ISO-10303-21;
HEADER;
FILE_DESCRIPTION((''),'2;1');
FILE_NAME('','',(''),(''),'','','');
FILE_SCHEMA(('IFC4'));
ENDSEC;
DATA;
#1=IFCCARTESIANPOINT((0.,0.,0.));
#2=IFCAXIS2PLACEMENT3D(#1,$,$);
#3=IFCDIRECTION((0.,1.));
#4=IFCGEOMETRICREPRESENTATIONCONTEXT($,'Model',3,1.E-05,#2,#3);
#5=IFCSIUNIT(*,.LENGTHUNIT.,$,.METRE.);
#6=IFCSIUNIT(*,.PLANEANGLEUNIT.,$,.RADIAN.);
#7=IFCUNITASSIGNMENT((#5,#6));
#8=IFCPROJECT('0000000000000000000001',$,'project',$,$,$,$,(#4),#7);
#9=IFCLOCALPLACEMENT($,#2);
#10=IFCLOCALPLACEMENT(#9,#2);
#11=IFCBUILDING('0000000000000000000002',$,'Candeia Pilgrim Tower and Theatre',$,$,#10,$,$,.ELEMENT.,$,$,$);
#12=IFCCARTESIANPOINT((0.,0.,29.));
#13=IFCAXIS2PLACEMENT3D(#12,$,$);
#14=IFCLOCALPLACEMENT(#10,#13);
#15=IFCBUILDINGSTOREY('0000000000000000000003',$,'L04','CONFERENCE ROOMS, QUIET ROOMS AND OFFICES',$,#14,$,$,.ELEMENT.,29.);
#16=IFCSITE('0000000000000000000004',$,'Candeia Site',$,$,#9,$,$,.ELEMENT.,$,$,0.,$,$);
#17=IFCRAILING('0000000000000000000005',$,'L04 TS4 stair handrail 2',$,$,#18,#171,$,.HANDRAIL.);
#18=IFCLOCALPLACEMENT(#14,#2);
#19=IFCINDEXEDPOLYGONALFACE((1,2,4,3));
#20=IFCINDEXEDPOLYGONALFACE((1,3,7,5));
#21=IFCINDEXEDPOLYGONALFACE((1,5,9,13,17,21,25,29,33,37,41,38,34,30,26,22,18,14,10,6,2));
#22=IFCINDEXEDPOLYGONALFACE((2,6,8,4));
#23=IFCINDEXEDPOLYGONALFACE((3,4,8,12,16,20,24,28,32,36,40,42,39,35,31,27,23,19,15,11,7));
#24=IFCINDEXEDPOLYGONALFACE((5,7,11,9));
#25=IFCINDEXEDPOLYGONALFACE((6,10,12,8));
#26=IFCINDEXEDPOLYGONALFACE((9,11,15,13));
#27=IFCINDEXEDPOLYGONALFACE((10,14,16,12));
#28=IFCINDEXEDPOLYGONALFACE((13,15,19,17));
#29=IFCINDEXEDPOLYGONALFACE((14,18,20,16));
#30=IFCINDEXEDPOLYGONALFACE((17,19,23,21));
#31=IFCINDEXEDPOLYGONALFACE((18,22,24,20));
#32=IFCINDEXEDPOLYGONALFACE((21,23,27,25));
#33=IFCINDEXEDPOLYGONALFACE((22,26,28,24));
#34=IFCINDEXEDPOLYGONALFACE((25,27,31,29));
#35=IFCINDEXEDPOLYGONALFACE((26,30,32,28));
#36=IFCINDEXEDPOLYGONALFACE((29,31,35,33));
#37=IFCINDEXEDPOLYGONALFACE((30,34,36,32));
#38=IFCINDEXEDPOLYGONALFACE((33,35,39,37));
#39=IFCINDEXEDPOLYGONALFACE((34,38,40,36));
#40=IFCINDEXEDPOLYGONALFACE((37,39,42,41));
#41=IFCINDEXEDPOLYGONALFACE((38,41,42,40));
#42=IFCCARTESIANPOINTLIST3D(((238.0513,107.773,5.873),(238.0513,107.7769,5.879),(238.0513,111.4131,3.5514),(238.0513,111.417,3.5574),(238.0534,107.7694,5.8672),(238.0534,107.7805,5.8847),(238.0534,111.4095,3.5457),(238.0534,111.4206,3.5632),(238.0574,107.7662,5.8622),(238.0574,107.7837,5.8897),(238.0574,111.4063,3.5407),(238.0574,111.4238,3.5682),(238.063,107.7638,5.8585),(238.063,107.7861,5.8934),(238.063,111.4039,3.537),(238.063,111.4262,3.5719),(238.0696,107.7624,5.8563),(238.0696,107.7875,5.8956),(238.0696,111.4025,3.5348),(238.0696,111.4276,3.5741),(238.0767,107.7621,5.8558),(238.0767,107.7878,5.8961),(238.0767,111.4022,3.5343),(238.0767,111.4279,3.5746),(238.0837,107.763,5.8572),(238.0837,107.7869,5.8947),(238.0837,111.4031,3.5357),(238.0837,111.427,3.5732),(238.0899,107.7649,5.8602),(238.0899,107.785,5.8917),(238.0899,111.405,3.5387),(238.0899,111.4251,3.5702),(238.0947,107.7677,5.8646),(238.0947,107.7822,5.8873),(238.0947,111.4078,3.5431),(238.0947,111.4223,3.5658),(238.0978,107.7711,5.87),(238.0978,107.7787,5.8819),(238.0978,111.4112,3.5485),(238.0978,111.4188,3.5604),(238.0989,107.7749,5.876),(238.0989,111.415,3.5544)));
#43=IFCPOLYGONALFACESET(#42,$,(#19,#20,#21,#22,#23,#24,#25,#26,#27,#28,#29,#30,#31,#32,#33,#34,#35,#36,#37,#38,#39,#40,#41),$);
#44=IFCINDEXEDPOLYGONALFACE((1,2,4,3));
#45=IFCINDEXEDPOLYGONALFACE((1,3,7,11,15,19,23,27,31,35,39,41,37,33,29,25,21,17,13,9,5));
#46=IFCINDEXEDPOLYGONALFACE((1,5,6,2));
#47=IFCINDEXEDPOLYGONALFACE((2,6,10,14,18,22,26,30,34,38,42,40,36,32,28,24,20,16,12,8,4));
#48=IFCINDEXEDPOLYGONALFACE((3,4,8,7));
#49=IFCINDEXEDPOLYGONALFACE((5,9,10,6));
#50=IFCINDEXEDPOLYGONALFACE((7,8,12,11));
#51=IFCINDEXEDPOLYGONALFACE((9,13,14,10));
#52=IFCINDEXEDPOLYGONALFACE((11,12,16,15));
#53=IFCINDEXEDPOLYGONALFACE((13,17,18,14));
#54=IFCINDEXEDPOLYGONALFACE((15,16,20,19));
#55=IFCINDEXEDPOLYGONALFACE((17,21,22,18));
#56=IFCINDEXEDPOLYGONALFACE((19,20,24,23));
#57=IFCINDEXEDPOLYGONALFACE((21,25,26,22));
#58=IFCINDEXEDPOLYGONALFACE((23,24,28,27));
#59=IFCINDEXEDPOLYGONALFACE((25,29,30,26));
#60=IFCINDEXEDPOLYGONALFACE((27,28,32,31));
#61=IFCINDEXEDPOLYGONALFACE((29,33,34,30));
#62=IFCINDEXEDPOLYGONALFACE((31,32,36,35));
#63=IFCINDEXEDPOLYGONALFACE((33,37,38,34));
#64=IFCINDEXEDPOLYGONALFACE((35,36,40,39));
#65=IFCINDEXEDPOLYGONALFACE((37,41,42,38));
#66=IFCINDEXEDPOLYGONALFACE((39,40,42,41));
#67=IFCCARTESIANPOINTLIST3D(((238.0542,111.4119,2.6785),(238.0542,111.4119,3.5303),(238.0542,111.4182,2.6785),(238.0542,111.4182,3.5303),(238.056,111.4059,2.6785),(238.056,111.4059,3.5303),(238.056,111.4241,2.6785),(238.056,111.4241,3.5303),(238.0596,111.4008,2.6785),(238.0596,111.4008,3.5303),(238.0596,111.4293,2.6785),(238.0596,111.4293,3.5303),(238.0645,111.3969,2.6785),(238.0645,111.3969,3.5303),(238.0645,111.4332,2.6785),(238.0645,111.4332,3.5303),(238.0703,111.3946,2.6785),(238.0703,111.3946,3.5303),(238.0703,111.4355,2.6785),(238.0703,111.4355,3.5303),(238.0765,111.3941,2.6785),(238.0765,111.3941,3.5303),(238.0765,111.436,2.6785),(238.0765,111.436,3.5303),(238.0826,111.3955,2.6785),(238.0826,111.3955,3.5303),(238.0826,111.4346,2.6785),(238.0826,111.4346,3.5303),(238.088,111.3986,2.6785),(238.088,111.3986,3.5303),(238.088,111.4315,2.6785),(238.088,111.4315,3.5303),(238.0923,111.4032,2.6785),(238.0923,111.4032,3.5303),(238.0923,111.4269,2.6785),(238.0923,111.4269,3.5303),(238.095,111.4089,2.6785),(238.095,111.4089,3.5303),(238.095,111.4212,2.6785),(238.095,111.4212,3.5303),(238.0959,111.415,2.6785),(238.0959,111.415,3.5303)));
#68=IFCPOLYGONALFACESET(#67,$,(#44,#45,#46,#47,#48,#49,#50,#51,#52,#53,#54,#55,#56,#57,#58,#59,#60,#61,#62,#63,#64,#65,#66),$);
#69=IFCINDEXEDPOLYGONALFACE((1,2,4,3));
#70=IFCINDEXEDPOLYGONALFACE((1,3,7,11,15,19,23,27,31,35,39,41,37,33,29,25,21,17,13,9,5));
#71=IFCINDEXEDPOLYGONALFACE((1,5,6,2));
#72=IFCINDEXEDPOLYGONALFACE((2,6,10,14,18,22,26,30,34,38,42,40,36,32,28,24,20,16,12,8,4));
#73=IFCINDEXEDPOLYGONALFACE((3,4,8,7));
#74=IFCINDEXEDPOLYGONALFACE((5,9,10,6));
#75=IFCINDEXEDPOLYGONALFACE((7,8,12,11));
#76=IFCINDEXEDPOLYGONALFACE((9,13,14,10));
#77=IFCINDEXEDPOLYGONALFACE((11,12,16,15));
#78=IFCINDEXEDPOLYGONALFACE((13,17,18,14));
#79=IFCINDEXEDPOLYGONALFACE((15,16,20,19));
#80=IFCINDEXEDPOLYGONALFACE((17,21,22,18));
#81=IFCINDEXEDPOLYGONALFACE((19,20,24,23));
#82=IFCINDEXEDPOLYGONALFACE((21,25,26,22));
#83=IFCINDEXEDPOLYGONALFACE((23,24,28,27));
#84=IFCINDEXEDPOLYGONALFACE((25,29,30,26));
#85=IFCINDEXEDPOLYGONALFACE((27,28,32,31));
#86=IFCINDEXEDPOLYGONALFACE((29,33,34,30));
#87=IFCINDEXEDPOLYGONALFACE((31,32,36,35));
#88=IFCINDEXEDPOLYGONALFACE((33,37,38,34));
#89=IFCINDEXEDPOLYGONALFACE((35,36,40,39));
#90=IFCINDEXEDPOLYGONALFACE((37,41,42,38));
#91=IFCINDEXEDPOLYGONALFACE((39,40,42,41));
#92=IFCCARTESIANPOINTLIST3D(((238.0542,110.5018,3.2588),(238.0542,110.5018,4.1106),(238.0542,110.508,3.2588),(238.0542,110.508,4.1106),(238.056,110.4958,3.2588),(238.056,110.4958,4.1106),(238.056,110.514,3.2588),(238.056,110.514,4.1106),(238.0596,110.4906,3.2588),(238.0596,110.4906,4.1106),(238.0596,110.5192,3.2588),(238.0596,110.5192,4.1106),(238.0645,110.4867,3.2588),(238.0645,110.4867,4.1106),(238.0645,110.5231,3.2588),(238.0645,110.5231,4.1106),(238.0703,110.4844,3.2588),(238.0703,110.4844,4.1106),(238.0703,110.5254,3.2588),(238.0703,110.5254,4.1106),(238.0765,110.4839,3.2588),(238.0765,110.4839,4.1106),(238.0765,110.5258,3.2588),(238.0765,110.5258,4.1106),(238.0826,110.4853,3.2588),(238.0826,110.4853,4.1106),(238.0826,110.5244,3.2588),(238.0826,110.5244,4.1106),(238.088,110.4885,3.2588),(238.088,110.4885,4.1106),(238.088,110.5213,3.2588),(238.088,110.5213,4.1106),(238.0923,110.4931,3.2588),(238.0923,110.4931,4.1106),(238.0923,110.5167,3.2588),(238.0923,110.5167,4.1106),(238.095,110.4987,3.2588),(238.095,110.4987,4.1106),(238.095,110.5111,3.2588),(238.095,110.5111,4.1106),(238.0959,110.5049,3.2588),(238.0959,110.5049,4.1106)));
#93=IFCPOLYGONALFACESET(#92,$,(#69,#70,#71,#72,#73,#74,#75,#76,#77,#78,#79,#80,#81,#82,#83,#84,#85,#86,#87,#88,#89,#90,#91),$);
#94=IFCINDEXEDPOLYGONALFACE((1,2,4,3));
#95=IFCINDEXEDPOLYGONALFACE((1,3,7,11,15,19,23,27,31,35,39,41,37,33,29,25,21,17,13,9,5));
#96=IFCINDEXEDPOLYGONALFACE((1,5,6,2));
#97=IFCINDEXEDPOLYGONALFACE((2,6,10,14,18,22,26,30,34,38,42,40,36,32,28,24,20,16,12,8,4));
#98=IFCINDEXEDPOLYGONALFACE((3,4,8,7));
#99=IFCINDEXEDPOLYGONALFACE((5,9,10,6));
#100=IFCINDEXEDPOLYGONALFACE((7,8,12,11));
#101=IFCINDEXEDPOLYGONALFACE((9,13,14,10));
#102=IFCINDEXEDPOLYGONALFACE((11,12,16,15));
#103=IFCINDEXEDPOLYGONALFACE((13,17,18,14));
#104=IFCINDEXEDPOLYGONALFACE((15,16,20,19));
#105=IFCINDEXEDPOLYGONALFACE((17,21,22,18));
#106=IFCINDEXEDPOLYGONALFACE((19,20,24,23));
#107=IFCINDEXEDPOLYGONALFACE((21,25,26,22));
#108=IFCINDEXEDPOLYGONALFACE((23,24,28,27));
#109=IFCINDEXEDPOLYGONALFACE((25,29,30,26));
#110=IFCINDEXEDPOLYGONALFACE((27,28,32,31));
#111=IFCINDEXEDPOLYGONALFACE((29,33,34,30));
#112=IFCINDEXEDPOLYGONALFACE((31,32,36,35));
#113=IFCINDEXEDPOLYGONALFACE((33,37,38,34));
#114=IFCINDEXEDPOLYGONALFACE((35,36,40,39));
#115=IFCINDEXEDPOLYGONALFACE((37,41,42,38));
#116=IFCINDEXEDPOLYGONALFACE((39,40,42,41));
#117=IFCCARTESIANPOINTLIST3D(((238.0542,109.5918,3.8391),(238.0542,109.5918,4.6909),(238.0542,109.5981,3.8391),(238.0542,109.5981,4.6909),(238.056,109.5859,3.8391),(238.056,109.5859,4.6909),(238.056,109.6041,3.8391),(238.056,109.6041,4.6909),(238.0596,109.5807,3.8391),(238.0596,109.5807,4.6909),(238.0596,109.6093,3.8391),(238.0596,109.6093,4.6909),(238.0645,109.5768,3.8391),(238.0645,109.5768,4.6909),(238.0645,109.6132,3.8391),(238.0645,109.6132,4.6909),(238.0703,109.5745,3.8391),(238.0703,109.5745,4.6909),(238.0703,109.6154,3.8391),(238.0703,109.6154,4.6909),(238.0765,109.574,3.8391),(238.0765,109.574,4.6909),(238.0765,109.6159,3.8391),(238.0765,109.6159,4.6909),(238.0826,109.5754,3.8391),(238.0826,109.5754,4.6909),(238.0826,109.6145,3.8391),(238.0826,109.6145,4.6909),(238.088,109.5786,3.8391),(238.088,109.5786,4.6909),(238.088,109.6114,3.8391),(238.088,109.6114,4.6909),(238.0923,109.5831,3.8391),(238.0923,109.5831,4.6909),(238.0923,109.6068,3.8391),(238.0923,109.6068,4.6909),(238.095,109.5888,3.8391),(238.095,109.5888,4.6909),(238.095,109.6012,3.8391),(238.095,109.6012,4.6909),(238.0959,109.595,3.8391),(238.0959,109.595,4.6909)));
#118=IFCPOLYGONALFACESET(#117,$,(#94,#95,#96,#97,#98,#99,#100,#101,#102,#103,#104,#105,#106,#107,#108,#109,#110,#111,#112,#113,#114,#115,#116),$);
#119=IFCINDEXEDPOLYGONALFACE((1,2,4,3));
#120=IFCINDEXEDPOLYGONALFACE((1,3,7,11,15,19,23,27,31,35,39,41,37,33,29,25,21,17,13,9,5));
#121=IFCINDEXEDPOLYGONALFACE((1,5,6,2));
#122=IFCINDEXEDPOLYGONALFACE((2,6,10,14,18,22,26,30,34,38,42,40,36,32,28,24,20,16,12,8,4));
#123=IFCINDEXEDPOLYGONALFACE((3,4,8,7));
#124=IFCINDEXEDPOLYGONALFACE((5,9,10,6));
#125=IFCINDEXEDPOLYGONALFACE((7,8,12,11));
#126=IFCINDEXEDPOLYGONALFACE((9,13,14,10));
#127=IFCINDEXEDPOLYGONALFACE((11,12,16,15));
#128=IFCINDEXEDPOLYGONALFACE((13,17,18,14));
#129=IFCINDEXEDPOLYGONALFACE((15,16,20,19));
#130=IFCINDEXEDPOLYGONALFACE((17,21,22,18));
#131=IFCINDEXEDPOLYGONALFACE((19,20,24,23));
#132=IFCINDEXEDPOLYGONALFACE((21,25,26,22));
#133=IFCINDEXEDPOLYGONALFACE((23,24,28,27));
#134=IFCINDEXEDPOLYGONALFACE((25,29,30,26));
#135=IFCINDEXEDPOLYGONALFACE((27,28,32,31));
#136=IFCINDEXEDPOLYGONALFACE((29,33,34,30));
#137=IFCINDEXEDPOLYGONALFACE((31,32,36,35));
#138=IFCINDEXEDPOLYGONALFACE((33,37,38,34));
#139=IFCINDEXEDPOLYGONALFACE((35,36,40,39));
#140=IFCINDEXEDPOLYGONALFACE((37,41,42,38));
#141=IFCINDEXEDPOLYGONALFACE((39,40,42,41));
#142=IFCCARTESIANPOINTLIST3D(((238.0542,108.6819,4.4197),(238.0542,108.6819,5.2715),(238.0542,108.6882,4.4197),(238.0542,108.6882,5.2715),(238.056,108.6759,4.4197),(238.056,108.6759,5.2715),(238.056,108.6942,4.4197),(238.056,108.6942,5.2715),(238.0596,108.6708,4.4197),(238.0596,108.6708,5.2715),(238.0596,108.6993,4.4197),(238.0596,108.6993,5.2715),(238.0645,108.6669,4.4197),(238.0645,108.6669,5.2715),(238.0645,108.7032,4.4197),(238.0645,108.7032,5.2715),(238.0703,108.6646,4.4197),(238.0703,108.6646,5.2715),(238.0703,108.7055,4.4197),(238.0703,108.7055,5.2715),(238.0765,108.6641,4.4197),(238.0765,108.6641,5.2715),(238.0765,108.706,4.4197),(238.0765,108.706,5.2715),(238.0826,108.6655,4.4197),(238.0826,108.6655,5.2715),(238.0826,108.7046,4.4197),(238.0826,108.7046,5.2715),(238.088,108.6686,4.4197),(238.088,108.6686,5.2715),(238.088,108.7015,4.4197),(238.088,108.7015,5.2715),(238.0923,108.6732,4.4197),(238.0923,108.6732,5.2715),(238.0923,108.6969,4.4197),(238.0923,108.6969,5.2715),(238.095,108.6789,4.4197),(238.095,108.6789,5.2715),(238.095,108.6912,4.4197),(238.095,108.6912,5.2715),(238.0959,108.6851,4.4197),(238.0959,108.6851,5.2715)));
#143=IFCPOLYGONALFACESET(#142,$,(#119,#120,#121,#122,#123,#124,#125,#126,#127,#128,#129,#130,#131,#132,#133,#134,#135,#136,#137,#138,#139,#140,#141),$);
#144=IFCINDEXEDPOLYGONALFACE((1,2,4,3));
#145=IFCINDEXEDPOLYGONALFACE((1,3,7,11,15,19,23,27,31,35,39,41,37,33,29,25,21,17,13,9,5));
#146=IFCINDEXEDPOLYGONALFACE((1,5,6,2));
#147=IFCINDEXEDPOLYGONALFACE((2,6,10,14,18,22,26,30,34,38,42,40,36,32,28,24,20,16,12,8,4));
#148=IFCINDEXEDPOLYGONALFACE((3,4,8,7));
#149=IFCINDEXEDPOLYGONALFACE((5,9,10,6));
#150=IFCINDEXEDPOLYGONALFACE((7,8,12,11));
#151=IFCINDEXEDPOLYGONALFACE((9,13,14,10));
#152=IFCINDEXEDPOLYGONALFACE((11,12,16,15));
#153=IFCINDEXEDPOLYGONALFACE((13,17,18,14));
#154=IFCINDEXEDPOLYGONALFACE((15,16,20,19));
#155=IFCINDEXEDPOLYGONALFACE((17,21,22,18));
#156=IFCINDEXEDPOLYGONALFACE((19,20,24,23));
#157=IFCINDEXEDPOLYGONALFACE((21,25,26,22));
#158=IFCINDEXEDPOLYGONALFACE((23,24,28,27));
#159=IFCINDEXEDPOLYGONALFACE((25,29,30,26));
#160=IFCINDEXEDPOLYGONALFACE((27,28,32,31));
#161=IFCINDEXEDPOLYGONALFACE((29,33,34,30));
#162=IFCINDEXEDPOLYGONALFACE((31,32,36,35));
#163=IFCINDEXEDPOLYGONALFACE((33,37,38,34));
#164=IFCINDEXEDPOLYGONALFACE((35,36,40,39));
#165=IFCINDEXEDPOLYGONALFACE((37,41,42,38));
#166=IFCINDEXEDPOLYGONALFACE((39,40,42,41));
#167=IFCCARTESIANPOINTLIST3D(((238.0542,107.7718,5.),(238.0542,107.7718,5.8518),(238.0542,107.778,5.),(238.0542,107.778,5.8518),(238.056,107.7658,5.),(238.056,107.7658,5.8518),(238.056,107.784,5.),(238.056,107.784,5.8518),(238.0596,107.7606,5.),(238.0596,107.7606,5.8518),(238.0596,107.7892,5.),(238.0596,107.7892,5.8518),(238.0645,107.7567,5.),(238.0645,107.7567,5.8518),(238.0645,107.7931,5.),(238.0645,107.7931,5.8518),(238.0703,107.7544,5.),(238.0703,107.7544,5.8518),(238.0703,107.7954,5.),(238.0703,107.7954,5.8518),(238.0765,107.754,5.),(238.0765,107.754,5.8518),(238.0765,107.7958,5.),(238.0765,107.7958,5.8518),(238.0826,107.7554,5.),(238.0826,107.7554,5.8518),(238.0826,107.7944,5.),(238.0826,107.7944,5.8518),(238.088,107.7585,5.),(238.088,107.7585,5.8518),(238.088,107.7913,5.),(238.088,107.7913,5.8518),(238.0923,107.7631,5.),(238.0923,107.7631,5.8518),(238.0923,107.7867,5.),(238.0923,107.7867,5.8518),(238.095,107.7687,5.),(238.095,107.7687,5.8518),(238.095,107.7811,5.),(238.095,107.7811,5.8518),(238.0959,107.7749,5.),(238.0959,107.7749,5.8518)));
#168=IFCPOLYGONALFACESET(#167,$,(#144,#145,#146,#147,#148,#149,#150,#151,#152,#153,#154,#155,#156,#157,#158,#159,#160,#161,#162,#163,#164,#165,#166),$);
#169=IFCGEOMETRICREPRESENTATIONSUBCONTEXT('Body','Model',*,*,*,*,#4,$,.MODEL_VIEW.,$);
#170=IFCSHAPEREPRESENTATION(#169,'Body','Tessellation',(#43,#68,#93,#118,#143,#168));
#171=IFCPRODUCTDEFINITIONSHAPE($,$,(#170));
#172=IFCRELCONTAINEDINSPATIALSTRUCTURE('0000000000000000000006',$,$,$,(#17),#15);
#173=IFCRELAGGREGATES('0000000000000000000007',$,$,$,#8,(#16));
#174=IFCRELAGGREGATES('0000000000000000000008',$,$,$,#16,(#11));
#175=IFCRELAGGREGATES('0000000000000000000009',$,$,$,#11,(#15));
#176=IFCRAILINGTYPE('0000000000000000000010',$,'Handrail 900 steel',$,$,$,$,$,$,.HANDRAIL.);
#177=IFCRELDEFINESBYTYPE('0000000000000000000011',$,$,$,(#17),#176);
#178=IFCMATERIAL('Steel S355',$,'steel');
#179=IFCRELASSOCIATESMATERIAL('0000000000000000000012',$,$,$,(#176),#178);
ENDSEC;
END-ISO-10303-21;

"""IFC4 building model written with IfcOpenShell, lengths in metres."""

from ifc_helpers import new_model, si_unit, direction, frame, origin, origin_2d, place, context, subcontext, project, spatial, circle, extrude, material, type_object, element, save


model = new_model("IFC4")

# Units and contexts
model_context = context("Model", 3, precision=1e-05, world=origin(), true_north=direction((0.0, 1.0)))
body_context = subcontext(model_context, "Body", "Model", "MODEL_VIEW")
ifc_project = project(units=[si_unit("LENGTHUNIT", "METRE"), si_unit("PLANEANGLEUNIT", "RADIAN")], contexts=[model_context])

# Site, building, storey
site_placement = place(None, origin())
site = spatial("IfcSite", under=ifc_project, at=site_placement, Name="Candeia Site", CompositionType="ELEMENT", RefElevation=0.0)
building_placement = place(site_placement, origin())
building = spatial("IfcBuilding", under=site, at=building_placement, Name="Candeia Pilgrim Tower and Theatre", CompositionType="ELEMENT")
storey_placement = place(building_placement, frame((0.0, 0.0, 29.0)))
storey = spatial("IfcBuildingStorey", under=building, at=storey_placement, Name="L04", Description="CONFERENCE ROOMS, QUIET ROOMS AND OFFICES", CompositionType="ELEMENT", Elevation=29.0)

# Railing
ifc_material_1 = material(Name="Steel S355", Category="steel")
railing_type_1 = type_object("IfcRailingType", Name="Handrail 900 steel", PredefinedType="HANDRAIL", material=ifc_material_1)
railing_1_placement = place(storey_placement, frame((238.075, 111.415, 2.6785)))
element("IfcRailing", 1, at=railing_1_placement, inside=storey, type_object=railing_type_1, Name="L04 TS4 stair handrail 2", PredefinedType="HANDRAIL", context=body_context, shape_type="SweptSolid", body=[
    extrude(circle(Radius=0.0239, at=origin_2d()), frame((0.0, 0.0, 0.876), z_axis=(0.0, -0.843128, 0.537713), x_axis=(1.0, 0.0, 0.0)), (0.0, 0.0, 1.0), 4.3174),
    extrude(circle(Radius=0.021, at=origin_2d()), origin(), (0.0, 0.0, 1.0), 0.8518),
    extrude(circle(Radius=0.021, at=origin_2d()), frame((0.0, -0.9102, 0.5803)), (0.0, 0.0, 1.0), 0.8518),
    extrude(circle(Radius=0.021, at=origin_2d()), frame((0.0, -1.8201, 1.1606)), (0.0, 0.0, 1.0), 0.8518),
    extrude(circle(Radius=0.021, at=origin_2d()), frame((0.0, -2.73, 1.7412)), (0.0, 0.0, 1.0), 0.8518),
    extrude(circle(Radius=0.021, at=origin_2d()), frame((0.0, -3.6401, 2.3215)), (0.0, 0.0, 1.0), 0.8518),
])

save(model, "model.ifc")
